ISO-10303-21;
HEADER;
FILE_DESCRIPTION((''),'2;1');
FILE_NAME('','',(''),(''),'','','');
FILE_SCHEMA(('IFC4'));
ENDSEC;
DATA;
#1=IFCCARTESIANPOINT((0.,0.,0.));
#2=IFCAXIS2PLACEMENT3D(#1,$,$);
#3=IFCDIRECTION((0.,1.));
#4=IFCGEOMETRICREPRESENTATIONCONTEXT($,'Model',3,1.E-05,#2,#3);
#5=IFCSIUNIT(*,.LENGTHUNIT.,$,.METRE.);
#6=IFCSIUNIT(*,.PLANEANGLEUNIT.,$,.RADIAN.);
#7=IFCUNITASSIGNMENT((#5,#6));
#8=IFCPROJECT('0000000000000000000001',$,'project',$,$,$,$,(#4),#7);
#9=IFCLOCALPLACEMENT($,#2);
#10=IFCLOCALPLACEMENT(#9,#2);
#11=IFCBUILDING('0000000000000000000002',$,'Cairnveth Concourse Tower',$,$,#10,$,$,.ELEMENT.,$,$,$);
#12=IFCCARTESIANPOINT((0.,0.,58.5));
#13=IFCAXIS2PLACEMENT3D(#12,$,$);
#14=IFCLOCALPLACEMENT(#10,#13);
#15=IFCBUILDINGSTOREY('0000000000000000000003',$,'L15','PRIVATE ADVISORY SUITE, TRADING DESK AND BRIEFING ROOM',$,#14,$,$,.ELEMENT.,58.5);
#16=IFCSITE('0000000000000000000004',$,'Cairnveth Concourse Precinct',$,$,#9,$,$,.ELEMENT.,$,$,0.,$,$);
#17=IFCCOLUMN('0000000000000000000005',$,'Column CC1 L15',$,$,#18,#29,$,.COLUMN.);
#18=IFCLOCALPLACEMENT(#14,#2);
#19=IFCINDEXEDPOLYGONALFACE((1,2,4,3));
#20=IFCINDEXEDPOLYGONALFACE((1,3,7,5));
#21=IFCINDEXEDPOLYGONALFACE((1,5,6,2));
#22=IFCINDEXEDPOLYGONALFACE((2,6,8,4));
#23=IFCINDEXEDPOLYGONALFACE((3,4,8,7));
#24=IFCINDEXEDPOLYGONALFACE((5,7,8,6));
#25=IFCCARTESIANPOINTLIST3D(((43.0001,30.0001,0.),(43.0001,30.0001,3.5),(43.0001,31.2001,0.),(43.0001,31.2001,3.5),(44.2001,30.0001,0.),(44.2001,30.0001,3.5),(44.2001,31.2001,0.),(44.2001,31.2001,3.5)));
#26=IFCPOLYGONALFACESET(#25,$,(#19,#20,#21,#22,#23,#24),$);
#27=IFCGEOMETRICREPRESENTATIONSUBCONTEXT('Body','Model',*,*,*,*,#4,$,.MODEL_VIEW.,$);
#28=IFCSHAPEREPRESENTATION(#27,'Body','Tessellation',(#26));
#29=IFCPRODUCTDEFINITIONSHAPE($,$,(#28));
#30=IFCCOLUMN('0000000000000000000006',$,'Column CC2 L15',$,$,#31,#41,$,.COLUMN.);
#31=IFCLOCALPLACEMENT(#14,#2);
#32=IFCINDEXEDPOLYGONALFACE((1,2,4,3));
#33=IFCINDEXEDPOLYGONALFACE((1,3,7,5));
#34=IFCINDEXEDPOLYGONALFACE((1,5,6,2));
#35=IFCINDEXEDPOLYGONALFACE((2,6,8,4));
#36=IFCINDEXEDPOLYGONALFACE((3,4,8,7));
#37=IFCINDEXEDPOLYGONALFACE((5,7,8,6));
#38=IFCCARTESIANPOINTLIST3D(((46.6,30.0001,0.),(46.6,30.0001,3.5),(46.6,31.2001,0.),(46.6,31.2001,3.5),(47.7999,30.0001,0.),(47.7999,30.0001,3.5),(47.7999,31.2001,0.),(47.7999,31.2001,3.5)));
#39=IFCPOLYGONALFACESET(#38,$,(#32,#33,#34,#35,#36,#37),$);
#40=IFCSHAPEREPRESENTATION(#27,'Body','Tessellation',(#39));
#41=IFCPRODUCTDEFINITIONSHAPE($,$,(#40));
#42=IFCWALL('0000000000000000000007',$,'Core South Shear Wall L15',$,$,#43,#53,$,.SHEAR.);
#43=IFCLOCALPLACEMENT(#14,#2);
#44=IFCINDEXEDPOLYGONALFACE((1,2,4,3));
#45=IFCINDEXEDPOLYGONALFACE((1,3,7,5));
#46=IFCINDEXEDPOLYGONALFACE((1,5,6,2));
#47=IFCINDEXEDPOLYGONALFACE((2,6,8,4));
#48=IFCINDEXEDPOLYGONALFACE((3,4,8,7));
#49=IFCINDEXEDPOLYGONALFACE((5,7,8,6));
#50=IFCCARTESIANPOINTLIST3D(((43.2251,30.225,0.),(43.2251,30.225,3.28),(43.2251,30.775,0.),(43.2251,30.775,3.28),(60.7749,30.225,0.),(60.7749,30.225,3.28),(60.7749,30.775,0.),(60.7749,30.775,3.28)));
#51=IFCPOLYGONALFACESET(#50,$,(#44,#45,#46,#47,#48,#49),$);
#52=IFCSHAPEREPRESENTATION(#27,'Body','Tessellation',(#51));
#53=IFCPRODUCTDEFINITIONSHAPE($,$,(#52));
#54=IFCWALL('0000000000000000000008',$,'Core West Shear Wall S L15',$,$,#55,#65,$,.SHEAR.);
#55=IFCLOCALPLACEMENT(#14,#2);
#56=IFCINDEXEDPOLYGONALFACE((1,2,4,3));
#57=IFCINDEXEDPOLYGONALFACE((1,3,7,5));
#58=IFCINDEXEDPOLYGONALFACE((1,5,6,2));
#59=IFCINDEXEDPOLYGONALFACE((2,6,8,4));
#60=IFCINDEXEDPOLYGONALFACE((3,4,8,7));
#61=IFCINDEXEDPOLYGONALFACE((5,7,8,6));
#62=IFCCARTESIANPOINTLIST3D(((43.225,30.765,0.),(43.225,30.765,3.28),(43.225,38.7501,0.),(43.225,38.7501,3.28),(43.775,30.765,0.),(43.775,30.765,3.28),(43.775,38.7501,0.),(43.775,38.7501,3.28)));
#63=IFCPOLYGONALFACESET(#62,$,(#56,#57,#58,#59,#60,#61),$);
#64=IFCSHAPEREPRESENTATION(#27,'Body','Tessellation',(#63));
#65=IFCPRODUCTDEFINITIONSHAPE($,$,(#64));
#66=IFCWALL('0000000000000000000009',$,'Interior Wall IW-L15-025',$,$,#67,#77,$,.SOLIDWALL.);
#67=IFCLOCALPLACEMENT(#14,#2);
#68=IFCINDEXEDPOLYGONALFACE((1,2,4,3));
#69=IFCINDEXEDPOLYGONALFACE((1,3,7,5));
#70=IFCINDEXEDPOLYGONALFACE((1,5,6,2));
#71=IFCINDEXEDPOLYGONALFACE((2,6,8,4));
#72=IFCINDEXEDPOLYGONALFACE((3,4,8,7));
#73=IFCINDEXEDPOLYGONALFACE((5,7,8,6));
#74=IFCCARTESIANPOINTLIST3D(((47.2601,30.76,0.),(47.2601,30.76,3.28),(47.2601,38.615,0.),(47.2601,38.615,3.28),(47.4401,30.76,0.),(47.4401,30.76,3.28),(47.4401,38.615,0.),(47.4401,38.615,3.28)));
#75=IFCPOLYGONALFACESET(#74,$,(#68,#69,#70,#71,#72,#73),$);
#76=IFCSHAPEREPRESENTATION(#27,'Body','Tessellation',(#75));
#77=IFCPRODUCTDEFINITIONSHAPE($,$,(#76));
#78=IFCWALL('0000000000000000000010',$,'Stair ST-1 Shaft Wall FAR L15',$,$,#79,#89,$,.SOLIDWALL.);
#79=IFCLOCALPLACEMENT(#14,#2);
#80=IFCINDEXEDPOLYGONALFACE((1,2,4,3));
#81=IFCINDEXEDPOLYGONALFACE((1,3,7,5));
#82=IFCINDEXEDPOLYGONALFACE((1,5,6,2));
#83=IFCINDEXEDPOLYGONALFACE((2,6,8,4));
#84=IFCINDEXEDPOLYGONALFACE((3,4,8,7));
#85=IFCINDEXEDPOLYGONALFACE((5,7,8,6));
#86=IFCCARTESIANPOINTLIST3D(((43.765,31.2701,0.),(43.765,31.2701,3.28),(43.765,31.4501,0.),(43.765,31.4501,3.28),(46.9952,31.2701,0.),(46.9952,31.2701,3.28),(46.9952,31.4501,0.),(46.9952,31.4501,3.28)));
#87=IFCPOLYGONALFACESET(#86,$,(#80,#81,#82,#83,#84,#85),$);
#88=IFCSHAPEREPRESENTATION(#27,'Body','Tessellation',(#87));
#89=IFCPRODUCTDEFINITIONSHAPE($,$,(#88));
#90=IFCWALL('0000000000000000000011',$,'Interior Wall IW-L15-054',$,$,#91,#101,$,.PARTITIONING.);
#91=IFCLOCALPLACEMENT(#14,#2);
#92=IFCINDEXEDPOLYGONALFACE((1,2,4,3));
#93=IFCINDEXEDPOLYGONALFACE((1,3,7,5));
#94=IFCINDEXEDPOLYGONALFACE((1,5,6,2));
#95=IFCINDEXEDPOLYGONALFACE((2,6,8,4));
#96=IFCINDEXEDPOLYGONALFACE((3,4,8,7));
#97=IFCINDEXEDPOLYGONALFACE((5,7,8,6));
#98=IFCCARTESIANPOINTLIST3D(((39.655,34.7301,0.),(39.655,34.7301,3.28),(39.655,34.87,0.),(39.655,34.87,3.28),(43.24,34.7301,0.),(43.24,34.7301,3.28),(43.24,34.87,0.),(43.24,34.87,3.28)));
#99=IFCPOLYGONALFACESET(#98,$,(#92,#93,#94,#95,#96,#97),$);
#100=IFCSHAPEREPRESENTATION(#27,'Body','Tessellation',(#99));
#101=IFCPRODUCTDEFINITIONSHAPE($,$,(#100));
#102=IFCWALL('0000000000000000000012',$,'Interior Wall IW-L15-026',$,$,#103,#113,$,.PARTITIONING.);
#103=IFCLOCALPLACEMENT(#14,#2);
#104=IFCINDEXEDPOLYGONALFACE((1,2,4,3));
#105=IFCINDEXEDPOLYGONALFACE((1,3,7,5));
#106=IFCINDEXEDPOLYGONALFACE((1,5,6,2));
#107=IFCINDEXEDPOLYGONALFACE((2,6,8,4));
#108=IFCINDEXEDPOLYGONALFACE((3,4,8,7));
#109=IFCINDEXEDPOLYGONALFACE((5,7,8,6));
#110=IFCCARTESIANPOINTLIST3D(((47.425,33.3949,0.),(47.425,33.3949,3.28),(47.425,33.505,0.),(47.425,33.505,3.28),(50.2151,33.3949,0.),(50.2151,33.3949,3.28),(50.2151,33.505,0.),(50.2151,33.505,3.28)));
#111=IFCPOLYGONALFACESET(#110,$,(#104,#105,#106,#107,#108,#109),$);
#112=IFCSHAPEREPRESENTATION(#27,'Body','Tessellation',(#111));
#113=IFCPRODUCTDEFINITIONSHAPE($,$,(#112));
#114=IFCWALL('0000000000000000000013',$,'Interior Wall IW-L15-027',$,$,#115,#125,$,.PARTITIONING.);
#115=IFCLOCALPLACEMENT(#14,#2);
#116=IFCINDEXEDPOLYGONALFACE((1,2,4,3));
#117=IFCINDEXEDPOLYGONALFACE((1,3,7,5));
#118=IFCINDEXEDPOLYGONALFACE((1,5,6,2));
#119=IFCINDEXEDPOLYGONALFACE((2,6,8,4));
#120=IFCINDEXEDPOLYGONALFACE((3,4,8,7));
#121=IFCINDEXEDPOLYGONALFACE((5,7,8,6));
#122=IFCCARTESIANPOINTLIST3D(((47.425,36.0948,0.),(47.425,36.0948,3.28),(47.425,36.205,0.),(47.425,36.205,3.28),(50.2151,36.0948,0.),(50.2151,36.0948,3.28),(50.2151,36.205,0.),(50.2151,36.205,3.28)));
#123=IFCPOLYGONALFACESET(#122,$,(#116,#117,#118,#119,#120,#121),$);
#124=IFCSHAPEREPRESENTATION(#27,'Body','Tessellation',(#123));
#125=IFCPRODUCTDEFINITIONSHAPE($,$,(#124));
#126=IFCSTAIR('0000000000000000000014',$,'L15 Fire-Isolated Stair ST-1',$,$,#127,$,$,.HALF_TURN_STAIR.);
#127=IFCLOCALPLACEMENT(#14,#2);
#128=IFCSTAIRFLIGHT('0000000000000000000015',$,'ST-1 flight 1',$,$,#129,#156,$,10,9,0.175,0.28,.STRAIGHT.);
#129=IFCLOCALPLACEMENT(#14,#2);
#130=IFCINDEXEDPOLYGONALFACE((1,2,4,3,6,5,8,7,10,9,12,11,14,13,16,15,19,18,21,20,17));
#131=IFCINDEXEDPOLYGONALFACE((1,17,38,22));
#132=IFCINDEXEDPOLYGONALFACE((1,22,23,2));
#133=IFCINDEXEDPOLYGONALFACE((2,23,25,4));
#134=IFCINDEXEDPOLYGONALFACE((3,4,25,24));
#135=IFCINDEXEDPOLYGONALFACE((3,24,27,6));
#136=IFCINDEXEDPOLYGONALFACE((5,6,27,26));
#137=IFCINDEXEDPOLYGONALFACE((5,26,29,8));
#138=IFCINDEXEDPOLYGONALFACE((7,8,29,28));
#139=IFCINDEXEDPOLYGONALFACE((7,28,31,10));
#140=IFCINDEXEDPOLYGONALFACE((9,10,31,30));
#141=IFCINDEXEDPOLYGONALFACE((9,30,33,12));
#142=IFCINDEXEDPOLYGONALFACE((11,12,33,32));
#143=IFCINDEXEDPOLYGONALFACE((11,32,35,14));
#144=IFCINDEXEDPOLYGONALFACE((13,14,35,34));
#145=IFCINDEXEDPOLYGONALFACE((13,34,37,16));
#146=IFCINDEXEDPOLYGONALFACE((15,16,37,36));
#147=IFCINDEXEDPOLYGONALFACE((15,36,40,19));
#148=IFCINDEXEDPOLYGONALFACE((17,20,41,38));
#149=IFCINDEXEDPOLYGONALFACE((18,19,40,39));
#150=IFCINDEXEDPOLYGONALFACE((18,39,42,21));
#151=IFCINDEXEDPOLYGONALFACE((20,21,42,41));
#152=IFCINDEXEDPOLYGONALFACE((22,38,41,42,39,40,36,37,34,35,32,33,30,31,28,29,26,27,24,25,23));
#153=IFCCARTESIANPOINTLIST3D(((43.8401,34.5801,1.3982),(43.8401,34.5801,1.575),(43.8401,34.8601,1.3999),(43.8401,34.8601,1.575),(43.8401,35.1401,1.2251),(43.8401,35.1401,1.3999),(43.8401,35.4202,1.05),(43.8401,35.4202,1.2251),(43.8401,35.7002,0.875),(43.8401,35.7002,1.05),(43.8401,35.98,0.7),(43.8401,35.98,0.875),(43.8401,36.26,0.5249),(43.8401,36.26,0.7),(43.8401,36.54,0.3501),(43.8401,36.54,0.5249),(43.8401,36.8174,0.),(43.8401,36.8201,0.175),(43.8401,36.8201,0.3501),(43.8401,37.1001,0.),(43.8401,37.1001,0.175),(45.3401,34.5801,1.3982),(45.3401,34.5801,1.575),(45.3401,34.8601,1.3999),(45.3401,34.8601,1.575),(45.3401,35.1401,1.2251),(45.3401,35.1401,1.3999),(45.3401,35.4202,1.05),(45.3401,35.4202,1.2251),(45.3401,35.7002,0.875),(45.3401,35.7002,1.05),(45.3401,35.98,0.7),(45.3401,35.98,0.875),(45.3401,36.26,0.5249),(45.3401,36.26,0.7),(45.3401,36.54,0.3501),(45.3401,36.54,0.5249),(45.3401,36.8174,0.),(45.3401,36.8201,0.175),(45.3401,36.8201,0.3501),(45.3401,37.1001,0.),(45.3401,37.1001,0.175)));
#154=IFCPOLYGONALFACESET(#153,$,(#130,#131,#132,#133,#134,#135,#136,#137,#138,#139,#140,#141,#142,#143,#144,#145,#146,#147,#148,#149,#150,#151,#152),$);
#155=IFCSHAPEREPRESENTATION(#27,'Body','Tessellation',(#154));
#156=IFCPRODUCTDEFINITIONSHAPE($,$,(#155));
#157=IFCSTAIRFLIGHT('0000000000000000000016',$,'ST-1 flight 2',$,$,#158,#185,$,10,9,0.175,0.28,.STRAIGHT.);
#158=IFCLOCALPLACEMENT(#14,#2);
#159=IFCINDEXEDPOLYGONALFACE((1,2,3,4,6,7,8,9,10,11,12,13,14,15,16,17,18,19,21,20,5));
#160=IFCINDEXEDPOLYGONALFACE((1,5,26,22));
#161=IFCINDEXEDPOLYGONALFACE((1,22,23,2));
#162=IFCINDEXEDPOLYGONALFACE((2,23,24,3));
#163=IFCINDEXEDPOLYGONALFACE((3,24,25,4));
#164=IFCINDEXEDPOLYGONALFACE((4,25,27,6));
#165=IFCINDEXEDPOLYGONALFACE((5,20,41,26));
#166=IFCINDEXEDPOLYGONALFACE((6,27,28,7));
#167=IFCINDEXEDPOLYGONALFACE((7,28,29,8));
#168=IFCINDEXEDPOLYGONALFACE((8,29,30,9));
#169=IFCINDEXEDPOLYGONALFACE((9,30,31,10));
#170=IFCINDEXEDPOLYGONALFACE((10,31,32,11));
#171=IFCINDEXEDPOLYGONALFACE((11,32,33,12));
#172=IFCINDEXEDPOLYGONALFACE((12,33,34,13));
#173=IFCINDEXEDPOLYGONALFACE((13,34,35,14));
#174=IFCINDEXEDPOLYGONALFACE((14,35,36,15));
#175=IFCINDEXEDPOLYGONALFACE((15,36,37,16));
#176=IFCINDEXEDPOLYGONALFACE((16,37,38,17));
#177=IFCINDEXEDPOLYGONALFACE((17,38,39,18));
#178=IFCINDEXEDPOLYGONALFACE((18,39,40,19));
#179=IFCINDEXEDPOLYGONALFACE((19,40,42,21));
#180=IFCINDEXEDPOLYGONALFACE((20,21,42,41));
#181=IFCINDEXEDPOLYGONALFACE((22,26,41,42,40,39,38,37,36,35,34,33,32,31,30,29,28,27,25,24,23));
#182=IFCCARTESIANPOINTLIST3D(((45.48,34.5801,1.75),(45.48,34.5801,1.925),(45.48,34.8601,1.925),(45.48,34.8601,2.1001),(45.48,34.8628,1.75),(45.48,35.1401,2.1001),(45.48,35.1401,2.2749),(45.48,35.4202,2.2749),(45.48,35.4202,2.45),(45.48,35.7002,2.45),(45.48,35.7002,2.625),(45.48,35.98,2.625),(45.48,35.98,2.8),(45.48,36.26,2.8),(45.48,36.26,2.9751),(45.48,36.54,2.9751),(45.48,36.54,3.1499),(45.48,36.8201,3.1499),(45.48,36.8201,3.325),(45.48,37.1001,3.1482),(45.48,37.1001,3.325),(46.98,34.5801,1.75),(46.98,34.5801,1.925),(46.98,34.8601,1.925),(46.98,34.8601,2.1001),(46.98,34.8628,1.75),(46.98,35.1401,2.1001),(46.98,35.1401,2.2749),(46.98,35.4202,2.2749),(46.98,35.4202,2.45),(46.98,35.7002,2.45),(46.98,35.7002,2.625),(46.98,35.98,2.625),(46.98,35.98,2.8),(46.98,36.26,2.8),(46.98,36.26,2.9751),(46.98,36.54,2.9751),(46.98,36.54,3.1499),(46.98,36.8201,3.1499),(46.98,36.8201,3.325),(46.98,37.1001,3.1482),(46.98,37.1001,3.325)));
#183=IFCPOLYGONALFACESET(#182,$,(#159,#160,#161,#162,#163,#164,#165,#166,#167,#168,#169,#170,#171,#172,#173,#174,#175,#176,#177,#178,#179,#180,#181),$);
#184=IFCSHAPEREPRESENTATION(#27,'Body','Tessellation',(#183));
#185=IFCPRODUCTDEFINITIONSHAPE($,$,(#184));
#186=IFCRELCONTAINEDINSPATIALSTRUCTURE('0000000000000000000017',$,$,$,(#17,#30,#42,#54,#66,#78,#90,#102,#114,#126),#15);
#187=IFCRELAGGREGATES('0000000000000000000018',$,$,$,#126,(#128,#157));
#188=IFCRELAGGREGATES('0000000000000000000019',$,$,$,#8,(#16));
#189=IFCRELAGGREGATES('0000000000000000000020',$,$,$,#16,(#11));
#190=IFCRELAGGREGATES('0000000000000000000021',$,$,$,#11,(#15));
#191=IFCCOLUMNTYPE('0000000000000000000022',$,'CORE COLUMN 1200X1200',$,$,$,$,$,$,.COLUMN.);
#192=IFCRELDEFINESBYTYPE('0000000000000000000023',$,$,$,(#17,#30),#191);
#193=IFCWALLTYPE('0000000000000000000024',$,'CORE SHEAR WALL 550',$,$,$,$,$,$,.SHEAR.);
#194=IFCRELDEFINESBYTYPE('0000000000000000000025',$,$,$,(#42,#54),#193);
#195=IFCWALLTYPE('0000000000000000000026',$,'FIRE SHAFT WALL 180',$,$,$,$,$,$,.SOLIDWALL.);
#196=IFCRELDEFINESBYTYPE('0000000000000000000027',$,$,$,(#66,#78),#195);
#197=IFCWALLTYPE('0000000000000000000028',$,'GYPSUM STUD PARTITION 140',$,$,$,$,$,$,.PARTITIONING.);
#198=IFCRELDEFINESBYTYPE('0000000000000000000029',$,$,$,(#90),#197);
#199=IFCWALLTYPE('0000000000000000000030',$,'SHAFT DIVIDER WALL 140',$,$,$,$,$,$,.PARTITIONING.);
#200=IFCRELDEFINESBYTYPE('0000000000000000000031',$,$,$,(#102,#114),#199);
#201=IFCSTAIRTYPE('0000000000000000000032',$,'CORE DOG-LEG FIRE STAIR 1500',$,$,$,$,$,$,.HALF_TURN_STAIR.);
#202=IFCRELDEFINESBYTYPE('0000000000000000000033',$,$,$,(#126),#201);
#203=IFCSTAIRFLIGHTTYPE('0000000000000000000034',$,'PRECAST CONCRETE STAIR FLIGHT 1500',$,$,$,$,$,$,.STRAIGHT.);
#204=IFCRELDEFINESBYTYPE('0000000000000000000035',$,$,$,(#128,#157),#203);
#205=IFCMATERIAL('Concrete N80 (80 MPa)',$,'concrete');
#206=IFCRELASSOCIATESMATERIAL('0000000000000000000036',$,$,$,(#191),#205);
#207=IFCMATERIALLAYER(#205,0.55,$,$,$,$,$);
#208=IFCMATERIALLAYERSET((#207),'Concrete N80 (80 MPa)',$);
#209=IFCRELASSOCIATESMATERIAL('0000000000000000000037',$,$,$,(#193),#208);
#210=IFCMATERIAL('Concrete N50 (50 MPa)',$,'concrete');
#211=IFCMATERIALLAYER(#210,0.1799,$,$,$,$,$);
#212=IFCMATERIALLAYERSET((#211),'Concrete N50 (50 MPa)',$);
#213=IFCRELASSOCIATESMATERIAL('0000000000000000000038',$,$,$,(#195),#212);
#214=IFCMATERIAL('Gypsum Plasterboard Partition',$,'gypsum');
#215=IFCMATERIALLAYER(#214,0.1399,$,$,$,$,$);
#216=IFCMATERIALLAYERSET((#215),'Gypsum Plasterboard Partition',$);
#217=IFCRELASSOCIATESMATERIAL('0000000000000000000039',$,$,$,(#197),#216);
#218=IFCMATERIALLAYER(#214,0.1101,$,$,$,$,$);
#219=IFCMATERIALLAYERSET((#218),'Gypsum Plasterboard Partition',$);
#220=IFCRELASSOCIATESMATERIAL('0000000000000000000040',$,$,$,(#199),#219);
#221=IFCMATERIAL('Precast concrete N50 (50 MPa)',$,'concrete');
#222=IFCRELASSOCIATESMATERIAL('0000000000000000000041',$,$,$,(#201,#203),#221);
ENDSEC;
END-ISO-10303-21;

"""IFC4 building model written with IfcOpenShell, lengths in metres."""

from ifc_helpers import new_model, si_unit, direction, frame, frame_2d, origin, origin_2d, place, context, subcontext, project, spatial, polyline, rectangle, outline, extrude, material, layer, layer_set, material_profile, profile_set, type_object, element, aggregate, save


model = new_model("IFC4")

# Units and contexts
model_context = context("Model", 3, precision=1e-05, world=origin(), true_north=direction((0.0, 1.0)))
body_context = subcontext(model_context, "Body", "Model", "MODEL_VIEW")
ifc_project = project(units=[si_unit("LENGTHUNIT", "METRE"), si_unit("PLANEANGLEUNIT", "RADIAN")], contexts=[model_context])

# Site, building, storey
site_placement = place(None, origin())
site = spatial("IfcSite", under=ifc_project, at=site_placement, Name="Cairnveth Concourse Precinct", CompositionType="ELEMENT", RefElevation=0.0)
building_placement = place(site_placement, origin())
building = spatial("IfcBuilding", under=site, at=building_placement, Name="Cairnveth Concourse Tower", CompositionType="ELEMENT")
storey_placement = place(building_placement, frame((0.0, 0.0, 58.5)))
storey = spatial("IfcBuildingStorey", under=building, at=storey_placement, Name="L15", Description="PRIVATE ADVISORY SUITE, TRADING DESK AND BRIEFING ROOM", CompositionType="ELEMENT", Elevation=58.5)

# Columns
ifc_material_1 = material(Name="Concrete N80 (80 MPa)", Category="concrete")
ifc_material_profile = material_profile(ifc_material_1, rectangle(XDim=1.2, YDim=1.2, at=origin_2d()), Name="RC-COL-1200x1200")
ifc_profile_set = profile_set([ifc_material_profile], Name="Concrete N80 (80 MPa)")
column_type = type_object("IfcColumnType", Name="CORE COLUMN 1200X1200", PredefinedType="COLUMN", material=ifc_profile_set)
for number, where, z_axis, x_axis, name in (
    (1, (43.6001, 30.6001, 0.0), (0.0, 0.0, 1.0), (1.0, 0.0, 0.0), "Column CC1 L15"),
    (2, (47.2, 30.6001, 0.0), (0.0, 0.0, 1.0), (1.0, 0.0, 0.0), "Column CC2 L15"),
):
    element("IfcColumn", number, at=place(storey_placement, frame(where, z_axis=z_axis, x_axis=x_axis)), inside=storey, type_object=column_type, Name=name, PredefinedType="COLUMN", context=body_context, shape_type="SweptSolid", body=[
        extrude(rectangle(XDim=1.2, YDim=1.2, at=origin_2d()), origin(), (0.0, 0.0, 1.0), 3.5),
    ])

# Walls
ifc_layer_1 = layer(ifc_material_1, 0.55)
ifc_layer_set_1 = layer_set([ifc_layer_1], Name="Concrete N80 (80 MPa)")
wall_type_1 = type_object("IfcWallType", Name="CORE SHEAR WALL 550", PredefinedType="SHEAR", material=ifc_layer_set_1)
wall_1_placement = place(storey_placement, frame((43.2251, 30.5, 0.0), z_axis=(0.0, 0.0, 1.0), x_axis=(1.0, 0.0, 0.0)))
element("IfcWall", 3, at=wall_1_placement, inside=storey, type_object=wall_type_1, Name="Core South Shear Wall L15", PredefinedType="SHEAR", context=body_context, shape_type="SweptSolid", body=[
    extrude(rectangle(XDim=17.5498, YDim=0.55, at=frame_2d((8.7749, 0.0))), origin(), (0.0, 0.0, 1.0), 3.28),
])
wall_2_placement = place(storey_placement, frame((43.5, 30.7649, 0.0), z_axis=(0.0, 0.0, 1.0), x_axis=(0.0, 1.0, 0.0)))
element("IfcWall", 4, at=wall_2_placement, inside=storey, type_object=wall_type_1, Name="Core West Shear Wall S L15", PredefinedType="SHEAR", context=body_context, shape_type="SweptSolid", body=[
    extrude(rectangle(XDim=7.9851, YDim=0.55, at=frame_2d((3.9927, 0.0))), origin(), (0.0, 0.0, 1.0), 3.28),
])
ifc_material_2 = material(Name="Concrete N50 (50 MPa)", Category="concrete")
ifc_layer_2 = layer(ifc_material_2, 0.1799)
ifc_layer_set_2 = layer_set([ifc_layer_2], Name="Concrete N50 (50 MPa)")
wall_type_2 = type_object("IfcWallType", Name="FIRE SHAFT WALL 180", PredefinedType="SOLIDWALL", material=ifc_layer_set_2)
wall_3_placement = place(storey_placement, frame((47.3501, 30.76, 0.0), z_axis=(0.0, 0.0, 1.0), x_axis=(0.0, 1.0, 0.0)))
element("IfcWall", 5, at=wall_3_placement, inside=storey, type_object=wall_type_2, Name="Interior Wall IW-L15-025", PredefinedType="SOLIDWALL", context=body_context, shape_type="SweptSolid", body=[
    extrude(rectangle(XDim=7.855, YDim=0.1799, at=frame_2d((3.9275, 0.0))), origin(), (0.0, 0.0, 1.0), 3.28),
])
wall_4_placement = place(storey_placement, frame((43.7649, 31.3601, 0.0), z_axis=(0.0, 0.0, 1.0), x_axis=(1.0, 0.0, 0.0)))
element("IfcWall", 6, at=wall_4_placement, inside=storey, type_object=wall_type_2, Name="Stair ST-1 Shaft Wall FAR L15", PredefinedType="SOLIDWALL", context=body_context, shape_type="SweptSolid", body=[
    extrude(rectangle(XDim=3.2302, YDim=0.1799, at=frame_2d((1.6152, 0.0))), origin(), (0.0, 0.0, 1.0), 3.28),
])
ifc_material_3 = material(Name="Gypsum Plasterboard Partition", Category="gypsum")
ifc_layer_3 = layer(ifc_material_3, 0.1399)
ifc_layer_set_3 = layer_set([ifc_layer_3], Name="Gypsum Plasterboard Partition")
wall_type_3 = type_object("IfcWallType", Name="GYPSUM STUD PARTITION 140", PredefinedType="PARTITIONING", material=ifc_layer_set_3)
wall_5_placement = place(storey_placement, frame((39.655, 34.8, 0.0), z_axis=(0.0, 0.0, 1.0), x_axis=(1.0, 0.0, 0.0)))
element("IfcWall", 7, at=wall_5_placement, inside=storey, type_object=wall_type_3, Name="Interior Wall IW-L15-054", PredefinedType="PARTITIONING", context=body_context, shape_type="SweptSolid", body=[
    extrude(rectangle(XDim=3.585, YDim=0.1399, at=frame_2d((1.7925, 0.0))), origin(), (0.0, 0.0, 1.0), 3.28),
])
ifc_layer_4 = layer(ifc_material_3, 0.1101)
ifc_layer_set_4 = layer_set([ifc_layer_4], Name="Gypsum Plasterboard Partition")
wall_type_4 = type_object("IfcWallType", Name="SHAFT DIVIDER WALL 140", PredefinedType="PARTITIONING", material=ifc_layer_set_4)
for number, where, z_axis, x_axis, name in (
    (8, (47.425, 33.45, 0.0), (0.0, 0.0, 1.0), (1.0, 0.0, 0.0), "Interior Wall IW-L15-026"),
    (9, (47.425, 36.1499, 0.0), (0.0, 0.0, 1.0), (1.0, 0.0, 0.0), "Interior Wall IW-L15-027"),
):
    element("IfcWall", number, at=place(storey_placement, frame(where, z_axis=z_axis, x_axis=x_axis)), inside=storey, type_object=wall_type_4, Name=name, PredefinedType="PARTITIONING", context=body_context, shape_type="SweptSolid", body=[
        extrude(rectangle(XDim=2.79, YDim=0.1101, at=frame_2d((1.395, 0.0))), origin(), (0.0, 0.0, 1.0), 3.28),
    ])

# Stair, stair flights
ifc_material_4 = material(Name="Precast concrete N50 (50 MPa)", Category="concrete")
stair_type = type_object("IfcStairType", Name="CORE DOG-LEG FIRE STAIR 1500", PredefinedType="HALF_TURN_STAIR", material=ifc_material_4)
stair_placement = place(storey_placement, origin())
stair = element("IfcStair", 10, at=stair_placement, inside=storey, type_object=stair_type, Name="L15 Fire-Isolated Stair ST-1", PredefinedType="HALF_TURN_STAIR")
stair_flight_type = type_object("IfcStairFlightType", Name="PRECAST CONCRETE STAIR FLIGHT 1500", PredefinedType="STRAIGHT", material=ifc_material_4)
stair_flight_1_placement = place(storey_placement, frame((44.5901, 37.1001, 0.0), z_axis=(0.0, 0.0, 1.0), x_axis=(0.0, -1.0, 0.0)))
stair_flight_1 = element("IfcStairFlight", 11, at=stair_flight_1_placement, type_object=stair_flight_type, Name="ST-1 flight 1", NumberOfRisers=10, NumberOfTreads=9, PredefinedType="STRAIGHT", RiserHeight=0.175, TreadLength=0.28, context=body_context, shape_type="SweptSolid", body=[
    extrude(outline(polyline([(0.0, 0.0), (0.0, 0.175), (0.28, 0.175), (0.28, 0.3501), (0.5601, 0.3501), (0.5601, 0.5249), (0.8401, 0.5249), (0.8401, 0.7), (1.1201, 0.7), (1.1201, 0.875), (1.3999, 0.875), (1.3999, 1.05), (1.6799, 1.05), (1.6799, 1.2251), (1.96, 1.2251), (1.96, 1.3999), (2.24, 1.3999), (2.24, 1.575), (2.52, 1.575), (2.52, 1.75), (2.52, 1.3982), (0.2827, 0.0), (0.0, 0.0)])), frame((0.0, 0.75, 0.0), z_axis=(0.0, -1.0, 0.0), x_axis=(1.0, 0.0, 0.0)), (0.0, 0.0, 1.0), 1.5),
])
stair_flight_2_placement = place(storey_placement, frame((46.23, 34.5801, 1.75), z_axis=(0.0, 0.0, 1.0), x_axis=(0.0, 1.0, 0.0)))
stair_flight_2 = element("IfcStairFlight", 12, at=stair_flight_2_placement, type_object=stair_flight_type, Name="ST-1 flight 2", NumberOfRisers=10, NumberOfTreads=9, PredefinedType="STRAIGHT", RiserHeight=0.175, TreadLength=0.28, context=body_context, shape_type="SweptSolid", body=[
    extrude(outline(polyline([(0.0, 0.0), (0.0, 0.175), (0.28, 0.175), (0.28, 0.3501), (0.5601, 0.3501), (0.5601, 0.5249), (0.8401, 0.5249), (0.8401, 0.7), (1.1201, 0.7), (1.1201, 0.875), (1.3999, 0.875), (1.3999, 1.05), (1.6799, 1.05), (1.6799, 1.2251), (1.96, 1.2251), (1.96, 1.3999), (2.24, 1.3999), (2.24, 1.575), (2.52, 1.575), (2.52, 1.75), (2.52, 1.3982), (0.2827, 0.0), (0.0, 0.0)])), frame((0.0, 0.75, 0.0), z_axis=(0.0, -1.0, 0.0), x_axis=(1.0, 0.0, 0.0)), (0.0, 0.0, 1.0), 1.5),
])
aggregate(stair, [stair_flight_1, stair_flight_2])

save(model, "model.ifc")
